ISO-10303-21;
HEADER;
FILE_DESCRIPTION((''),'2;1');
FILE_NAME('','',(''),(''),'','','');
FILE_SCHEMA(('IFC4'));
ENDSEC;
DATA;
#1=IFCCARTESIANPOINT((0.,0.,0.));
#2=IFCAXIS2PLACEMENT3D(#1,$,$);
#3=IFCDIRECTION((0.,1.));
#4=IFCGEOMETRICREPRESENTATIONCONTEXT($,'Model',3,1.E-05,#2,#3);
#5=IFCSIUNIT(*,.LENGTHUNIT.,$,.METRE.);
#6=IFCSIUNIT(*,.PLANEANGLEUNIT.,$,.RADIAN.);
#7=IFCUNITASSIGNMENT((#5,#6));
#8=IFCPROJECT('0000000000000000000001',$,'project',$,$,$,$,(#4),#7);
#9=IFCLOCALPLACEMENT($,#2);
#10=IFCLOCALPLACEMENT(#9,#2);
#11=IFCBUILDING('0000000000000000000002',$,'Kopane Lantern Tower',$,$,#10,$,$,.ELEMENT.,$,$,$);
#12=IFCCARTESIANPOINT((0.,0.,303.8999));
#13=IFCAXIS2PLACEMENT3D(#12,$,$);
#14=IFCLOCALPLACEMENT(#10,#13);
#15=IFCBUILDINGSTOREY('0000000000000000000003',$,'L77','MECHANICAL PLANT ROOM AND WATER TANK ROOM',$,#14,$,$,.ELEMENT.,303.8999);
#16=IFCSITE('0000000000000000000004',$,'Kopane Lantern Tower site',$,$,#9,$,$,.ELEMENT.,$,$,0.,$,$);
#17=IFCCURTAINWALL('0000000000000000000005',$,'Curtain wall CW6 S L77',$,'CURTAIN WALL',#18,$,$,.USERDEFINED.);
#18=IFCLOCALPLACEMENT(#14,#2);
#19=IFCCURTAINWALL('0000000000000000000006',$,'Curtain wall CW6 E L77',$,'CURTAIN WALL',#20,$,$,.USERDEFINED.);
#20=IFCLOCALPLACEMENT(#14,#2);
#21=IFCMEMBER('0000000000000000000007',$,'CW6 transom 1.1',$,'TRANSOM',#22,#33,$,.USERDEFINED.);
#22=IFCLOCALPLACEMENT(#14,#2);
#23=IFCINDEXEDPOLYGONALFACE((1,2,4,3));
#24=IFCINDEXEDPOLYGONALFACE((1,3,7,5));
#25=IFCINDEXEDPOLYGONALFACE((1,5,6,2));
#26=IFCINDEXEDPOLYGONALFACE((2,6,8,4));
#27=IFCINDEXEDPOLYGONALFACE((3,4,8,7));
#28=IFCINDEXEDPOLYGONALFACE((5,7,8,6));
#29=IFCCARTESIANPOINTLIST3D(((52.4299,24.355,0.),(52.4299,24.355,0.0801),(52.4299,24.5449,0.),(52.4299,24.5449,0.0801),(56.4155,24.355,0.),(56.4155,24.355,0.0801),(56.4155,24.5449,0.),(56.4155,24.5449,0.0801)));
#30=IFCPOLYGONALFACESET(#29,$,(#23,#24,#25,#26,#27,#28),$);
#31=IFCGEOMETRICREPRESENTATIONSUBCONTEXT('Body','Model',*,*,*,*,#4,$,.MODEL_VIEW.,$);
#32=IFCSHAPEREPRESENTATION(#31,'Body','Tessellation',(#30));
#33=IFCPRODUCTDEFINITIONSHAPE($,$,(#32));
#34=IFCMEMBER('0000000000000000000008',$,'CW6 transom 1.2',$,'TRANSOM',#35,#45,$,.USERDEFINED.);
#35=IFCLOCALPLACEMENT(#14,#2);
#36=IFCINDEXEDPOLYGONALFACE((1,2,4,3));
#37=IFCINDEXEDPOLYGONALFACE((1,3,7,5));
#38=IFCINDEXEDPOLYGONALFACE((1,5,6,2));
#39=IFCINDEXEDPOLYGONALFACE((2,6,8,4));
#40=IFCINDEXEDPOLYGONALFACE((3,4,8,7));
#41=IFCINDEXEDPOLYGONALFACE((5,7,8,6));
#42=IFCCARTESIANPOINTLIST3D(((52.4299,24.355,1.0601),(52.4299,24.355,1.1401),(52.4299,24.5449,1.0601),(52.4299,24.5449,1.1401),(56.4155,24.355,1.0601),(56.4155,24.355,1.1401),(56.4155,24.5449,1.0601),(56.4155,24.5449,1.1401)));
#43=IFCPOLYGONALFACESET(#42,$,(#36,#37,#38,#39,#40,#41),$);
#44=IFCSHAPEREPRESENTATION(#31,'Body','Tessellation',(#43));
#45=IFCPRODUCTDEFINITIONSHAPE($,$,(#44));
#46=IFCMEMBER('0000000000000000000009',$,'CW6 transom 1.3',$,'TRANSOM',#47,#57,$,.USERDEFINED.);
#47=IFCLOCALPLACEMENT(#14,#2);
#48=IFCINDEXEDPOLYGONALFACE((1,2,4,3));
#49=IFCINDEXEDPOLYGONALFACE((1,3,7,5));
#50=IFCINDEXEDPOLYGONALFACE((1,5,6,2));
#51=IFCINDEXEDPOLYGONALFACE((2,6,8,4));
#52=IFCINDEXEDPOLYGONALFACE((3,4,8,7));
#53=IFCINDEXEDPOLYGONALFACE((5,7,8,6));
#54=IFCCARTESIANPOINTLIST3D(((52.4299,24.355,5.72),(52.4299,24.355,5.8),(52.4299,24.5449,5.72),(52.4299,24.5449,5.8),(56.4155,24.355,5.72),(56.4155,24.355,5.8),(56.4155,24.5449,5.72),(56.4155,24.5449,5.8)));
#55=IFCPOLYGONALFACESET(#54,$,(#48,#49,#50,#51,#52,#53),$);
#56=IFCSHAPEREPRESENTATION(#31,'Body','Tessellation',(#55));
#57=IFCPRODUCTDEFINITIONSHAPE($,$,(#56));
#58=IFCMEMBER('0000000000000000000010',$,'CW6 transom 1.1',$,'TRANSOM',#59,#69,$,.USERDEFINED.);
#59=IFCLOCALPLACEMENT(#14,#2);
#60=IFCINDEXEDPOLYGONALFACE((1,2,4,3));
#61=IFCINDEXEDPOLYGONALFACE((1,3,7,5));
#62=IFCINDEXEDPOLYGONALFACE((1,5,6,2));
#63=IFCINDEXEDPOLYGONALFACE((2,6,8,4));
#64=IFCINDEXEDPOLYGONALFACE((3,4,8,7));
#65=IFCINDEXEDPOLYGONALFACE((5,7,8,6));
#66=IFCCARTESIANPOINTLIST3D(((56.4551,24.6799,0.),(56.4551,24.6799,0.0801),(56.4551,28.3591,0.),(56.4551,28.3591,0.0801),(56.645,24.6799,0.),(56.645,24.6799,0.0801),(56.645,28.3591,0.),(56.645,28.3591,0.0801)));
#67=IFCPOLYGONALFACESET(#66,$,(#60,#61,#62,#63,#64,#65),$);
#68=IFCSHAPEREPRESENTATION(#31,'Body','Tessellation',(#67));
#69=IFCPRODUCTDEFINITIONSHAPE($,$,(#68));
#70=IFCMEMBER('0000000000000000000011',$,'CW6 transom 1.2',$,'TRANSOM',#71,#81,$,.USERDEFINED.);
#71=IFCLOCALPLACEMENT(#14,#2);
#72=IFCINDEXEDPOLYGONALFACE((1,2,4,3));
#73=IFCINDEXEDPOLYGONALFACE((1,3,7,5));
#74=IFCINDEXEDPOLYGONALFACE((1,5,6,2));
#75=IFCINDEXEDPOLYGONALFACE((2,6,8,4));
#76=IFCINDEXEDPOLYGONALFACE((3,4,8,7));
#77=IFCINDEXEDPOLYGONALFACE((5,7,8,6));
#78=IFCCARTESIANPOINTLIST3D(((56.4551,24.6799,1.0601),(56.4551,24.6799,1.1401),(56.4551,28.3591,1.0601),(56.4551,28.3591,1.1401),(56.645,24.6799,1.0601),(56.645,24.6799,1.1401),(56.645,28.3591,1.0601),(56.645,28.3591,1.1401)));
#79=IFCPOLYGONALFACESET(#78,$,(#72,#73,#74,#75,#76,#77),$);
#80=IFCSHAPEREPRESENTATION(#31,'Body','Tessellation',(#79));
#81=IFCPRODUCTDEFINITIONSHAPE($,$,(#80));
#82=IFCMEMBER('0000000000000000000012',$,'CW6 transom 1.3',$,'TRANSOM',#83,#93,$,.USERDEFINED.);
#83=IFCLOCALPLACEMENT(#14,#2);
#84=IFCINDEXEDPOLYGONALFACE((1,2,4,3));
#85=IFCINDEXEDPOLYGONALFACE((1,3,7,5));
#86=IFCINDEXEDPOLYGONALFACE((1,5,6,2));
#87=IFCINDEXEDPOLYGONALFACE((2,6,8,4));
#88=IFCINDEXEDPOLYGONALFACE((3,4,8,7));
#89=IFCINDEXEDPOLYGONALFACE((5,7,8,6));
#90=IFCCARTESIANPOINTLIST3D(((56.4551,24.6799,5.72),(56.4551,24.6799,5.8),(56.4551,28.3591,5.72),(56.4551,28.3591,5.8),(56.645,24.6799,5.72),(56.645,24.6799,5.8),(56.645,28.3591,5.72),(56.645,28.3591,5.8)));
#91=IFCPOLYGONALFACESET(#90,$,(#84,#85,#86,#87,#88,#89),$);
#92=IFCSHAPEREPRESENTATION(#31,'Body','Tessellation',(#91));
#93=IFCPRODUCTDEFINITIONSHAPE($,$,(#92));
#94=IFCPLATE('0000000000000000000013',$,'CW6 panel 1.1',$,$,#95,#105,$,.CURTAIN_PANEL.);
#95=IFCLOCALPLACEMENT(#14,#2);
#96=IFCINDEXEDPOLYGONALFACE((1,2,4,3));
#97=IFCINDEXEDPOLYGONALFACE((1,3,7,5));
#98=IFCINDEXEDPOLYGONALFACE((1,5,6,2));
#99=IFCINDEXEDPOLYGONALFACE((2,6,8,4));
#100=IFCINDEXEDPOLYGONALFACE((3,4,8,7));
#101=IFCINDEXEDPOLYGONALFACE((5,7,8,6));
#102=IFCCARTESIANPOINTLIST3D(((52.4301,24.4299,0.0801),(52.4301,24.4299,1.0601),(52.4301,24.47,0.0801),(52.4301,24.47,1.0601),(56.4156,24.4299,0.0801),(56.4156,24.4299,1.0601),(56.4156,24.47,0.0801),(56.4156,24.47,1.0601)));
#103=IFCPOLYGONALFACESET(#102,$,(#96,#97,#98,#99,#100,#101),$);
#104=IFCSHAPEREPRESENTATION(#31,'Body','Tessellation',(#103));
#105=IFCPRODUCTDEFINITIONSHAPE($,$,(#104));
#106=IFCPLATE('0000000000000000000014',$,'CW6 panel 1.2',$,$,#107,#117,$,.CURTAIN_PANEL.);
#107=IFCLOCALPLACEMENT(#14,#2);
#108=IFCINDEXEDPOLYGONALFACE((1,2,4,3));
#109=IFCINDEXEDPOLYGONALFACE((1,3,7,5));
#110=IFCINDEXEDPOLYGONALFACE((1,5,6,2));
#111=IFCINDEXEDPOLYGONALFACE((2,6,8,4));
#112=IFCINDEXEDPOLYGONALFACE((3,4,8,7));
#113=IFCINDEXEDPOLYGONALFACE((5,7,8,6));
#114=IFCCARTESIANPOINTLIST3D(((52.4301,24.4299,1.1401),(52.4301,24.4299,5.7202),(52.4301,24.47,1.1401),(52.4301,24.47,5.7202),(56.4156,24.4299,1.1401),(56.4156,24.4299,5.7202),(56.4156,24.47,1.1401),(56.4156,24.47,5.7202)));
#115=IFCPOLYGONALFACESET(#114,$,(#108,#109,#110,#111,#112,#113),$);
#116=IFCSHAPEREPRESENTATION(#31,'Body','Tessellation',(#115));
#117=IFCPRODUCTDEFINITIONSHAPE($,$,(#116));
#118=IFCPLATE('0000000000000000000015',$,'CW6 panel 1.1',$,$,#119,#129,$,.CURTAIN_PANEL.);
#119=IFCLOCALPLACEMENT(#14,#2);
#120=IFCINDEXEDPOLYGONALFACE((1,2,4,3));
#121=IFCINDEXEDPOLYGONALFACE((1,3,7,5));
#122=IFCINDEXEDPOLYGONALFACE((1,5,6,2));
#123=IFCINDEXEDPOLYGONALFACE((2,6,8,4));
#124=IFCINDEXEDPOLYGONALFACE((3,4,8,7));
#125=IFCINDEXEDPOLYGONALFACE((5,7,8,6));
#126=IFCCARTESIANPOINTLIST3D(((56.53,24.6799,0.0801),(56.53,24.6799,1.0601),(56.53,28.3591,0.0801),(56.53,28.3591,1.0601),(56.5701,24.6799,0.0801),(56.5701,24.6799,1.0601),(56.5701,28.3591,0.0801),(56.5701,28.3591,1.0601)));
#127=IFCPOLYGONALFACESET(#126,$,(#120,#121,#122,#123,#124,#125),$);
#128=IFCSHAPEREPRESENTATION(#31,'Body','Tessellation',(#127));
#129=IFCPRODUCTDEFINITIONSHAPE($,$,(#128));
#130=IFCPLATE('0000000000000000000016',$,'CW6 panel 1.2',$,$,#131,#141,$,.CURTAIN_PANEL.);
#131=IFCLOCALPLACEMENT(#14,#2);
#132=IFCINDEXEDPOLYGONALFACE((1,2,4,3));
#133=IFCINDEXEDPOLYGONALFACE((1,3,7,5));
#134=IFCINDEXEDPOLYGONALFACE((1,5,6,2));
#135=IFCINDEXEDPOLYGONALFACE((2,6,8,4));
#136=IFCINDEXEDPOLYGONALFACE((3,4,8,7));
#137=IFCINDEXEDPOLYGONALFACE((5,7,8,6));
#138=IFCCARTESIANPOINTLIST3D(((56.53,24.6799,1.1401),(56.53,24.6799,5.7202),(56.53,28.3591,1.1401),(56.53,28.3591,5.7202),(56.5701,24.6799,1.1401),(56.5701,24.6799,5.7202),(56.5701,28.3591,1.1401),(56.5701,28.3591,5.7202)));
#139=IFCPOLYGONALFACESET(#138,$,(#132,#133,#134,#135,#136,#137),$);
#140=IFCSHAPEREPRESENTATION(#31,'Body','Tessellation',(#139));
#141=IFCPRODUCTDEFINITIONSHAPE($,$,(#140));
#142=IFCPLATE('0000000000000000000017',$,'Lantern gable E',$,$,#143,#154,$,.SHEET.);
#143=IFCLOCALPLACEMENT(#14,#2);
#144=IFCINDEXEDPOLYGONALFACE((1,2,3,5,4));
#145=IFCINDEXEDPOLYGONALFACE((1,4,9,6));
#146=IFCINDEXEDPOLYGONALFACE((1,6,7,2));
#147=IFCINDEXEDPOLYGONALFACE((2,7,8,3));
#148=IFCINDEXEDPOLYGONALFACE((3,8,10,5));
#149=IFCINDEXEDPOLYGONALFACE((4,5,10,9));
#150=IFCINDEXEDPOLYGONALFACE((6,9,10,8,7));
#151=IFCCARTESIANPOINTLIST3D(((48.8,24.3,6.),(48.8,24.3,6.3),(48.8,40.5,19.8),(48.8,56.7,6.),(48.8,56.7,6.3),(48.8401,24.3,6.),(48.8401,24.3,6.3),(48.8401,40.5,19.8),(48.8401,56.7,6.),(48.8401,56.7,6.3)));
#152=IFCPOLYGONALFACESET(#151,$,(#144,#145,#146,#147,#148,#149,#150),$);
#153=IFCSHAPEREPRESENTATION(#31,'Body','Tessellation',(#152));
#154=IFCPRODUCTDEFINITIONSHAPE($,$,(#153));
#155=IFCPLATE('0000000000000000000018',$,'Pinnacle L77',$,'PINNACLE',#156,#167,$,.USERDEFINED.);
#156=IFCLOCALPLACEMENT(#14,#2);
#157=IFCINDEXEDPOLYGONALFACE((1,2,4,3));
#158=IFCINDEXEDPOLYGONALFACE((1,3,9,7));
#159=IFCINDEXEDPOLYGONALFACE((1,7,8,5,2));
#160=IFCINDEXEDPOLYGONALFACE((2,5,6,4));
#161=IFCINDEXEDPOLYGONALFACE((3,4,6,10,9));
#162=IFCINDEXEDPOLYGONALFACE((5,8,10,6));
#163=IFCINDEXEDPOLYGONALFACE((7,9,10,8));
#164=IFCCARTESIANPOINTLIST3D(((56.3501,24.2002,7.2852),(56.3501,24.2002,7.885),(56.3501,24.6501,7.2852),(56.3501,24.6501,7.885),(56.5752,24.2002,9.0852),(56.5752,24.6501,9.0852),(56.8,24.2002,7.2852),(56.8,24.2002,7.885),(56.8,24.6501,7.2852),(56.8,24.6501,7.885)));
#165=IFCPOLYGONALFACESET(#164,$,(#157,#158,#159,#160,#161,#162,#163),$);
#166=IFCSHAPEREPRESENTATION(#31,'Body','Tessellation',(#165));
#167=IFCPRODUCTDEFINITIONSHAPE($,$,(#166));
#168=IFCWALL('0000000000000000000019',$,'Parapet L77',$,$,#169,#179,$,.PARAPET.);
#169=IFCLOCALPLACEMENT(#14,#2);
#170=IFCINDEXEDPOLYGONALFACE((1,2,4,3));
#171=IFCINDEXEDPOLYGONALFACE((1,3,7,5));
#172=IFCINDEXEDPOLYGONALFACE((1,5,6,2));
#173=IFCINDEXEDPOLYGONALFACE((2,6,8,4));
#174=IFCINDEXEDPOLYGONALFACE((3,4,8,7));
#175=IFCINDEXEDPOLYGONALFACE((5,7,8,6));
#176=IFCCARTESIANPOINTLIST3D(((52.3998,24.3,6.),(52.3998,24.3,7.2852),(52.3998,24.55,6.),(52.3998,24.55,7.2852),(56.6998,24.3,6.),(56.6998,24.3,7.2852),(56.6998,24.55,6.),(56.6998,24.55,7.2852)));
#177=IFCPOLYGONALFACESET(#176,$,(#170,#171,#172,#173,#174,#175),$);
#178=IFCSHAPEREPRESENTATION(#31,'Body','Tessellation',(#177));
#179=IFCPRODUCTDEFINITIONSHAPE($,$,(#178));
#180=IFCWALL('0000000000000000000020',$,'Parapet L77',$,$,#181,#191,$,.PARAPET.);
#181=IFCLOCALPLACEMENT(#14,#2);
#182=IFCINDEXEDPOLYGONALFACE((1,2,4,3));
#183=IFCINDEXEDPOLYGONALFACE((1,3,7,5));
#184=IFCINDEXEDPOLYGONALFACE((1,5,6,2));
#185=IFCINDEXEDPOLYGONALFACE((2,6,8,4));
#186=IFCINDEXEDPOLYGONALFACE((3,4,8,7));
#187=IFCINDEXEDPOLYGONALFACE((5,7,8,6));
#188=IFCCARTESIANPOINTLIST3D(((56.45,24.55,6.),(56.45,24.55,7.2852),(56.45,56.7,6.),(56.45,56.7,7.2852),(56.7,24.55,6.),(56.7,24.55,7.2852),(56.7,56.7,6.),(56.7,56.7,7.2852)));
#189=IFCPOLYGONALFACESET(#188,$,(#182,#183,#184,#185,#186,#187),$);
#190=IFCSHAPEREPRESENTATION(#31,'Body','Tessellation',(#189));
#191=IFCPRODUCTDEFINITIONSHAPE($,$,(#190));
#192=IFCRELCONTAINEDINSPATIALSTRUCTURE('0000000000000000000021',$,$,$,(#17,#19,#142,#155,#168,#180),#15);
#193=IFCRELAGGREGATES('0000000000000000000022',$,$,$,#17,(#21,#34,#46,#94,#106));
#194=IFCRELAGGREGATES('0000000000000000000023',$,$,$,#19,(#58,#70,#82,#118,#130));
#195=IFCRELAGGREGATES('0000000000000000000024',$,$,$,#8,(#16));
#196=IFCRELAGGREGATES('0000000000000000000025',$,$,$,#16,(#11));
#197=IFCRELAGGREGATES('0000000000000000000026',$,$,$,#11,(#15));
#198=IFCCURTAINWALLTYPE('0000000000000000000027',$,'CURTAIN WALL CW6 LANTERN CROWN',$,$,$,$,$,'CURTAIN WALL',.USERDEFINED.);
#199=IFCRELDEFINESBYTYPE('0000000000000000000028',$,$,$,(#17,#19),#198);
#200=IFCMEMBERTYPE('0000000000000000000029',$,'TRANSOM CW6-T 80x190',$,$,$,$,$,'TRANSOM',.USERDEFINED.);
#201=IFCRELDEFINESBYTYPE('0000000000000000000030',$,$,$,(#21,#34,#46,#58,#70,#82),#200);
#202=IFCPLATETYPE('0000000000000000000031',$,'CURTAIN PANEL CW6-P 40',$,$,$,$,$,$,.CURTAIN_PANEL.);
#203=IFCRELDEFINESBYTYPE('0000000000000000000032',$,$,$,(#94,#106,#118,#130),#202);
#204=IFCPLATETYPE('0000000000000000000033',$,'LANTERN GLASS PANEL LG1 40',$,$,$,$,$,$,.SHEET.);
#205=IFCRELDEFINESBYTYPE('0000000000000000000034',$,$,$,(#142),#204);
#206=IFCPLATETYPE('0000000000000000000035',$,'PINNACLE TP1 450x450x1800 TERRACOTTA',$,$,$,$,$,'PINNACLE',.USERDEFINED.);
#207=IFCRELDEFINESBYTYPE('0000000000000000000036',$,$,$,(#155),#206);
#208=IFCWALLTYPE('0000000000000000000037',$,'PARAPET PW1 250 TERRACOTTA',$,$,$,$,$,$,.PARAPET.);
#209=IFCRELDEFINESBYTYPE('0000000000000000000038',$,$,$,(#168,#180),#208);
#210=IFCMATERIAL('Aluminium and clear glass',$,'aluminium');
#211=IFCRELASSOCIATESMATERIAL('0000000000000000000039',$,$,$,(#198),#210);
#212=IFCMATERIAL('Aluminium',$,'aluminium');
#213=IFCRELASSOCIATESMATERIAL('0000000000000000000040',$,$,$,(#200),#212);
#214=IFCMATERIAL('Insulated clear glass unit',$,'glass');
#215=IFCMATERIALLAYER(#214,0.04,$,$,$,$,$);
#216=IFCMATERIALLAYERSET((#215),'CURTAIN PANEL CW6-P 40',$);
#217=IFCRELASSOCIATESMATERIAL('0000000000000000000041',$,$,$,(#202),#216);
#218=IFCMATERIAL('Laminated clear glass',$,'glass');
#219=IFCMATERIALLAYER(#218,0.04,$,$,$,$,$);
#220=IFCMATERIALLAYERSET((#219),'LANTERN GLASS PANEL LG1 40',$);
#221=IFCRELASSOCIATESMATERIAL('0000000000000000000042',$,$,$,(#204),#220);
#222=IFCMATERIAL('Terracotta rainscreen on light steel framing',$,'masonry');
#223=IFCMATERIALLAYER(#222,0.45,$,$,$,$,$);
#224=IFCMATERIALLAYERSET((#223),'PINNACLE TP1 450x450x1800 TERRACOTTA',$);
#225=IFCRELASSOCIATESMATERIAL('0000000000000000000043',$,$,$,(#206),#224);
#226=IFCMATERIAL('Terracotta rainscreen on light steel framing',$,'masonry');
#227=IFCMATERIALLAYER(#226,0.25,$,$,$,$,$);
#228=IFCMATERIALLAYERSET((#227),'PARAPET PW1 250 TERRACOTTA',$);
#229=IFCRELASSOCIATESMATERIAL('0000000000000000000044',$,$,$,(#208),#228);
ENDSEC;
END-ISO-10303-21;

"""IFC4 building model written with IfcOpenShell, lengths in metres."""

from ifc_helpers import new_model, si_unit, direction, frame, frame_2d, origin, origin_2d, place, context, subcontext, project, spatial, polyline, rectangle, outline, extrude, material, layer, layer_set, material_profile, profile_set, type_object, element, aggregate, save


model = new_model("IFC4")

# Units and contexts
model_context = context("Model", 3, precision=1e-05, world=origin(), true_north=direction((0.0, 1.0)))
body_context = subcontext(model_context, "Body", "Model", "MODEL_VIEW")
ifc_project = project(units=[si_unit("LENGTHUNIT", "METRE"), si_unit("PLANEANGLEUNIT", "RADIAN")], contexts=[model_context])

# Site, building, storey
site_placement = place(None, origin())
site = spatial("IfcSite", under=ifc_project, at=site_placement, Name="Kopane Lantern Tower site", CompositionType="ELEMENT", RefElevation=0.0)
building_placement = place(site_placement, origin())
building = spatial("IfcBuilding", under=site, at=building_placement, Name="Kopane Lantern Tower", CompositionType="ELEMENT")
storey_placement = place(building_placement, frame((0.0, 0.0, 303.8999)))
storey = spatial("IfcBuildingStorey", under=building, at=storey_placement, Name="L77", Description="MECHANICAL PLANT ROOM AND WATER TANK ROOM", CompositionType="ELEMENT", Elevation=303.8999)

# Curtain walls
ifc_material_1 = material(Name="Aluminium and clear glass", Category="aluminium")
curtain_wall_type = type_object("IfcCurtainWallType", Name="CURTAIN WALL CW6 LANTERN CROWN", ElementType="CURTAIN WALL", PredefinedType="USERDEFINED", material=ifc_material_1)
curtain_wall_1_placement = place(storey_placement, origin())
curtain_wall_1 = element("IfcCurtainWall", 1, at=curtain_wall_1_placement, inside=storey, type_object=curtain_wall_type, Name="Curtain wall CW6 S L77", ObjectType="CURTAIN WALL", PredefinedType="USERDEFINED")
curtain_wall_2_placement = place(storey_placement, origin())
curtain_wall_2 = element("IfcCurtainWall", 2, at=curtain_wall_2_placement, inside=storey, type_object=curtain_wall_type, Name="Curtain wall CW6 E L77", ObjectType="CURTAIN WALL", PredefinedType="USERDEFINED")

# Members
ifc_material_2 = material(Name="Aluminium", Category="aluminium")
ifc_material_profile_1 = material_profile(ifc_material_2, rectangle(XDim=0.1899, YDim=0.0801, at=origin_2d()), Name="AL 190x80")
ifc_profile_set_1 = profile_set([ifc_material_profile_1], Name="Aluminium")
member_type_1 = type_object("IfcMemberType", Name="TRANSOM CW6-T 80x190", ElementType="TRANSOM", PredefinedType="USERDEFINED", material=ifc_profile_set_1)
member_1_placement = place(storey_placement, frame((52.4299, 24.45, 0.04), z_axis=(1.0, 0.0, 0.0), x_axis=(0.0, 1.0, 0.0)))
member_1 = element("IfcMember", 3, at=member_1_placement, type_object=member_type_1, Name="CW6 transom 1.1", ObjectType="TRANSOM", PredefinedType="USERDEFINED", context=body_context, shape_type="SweptSolid", body=[
    extrude(rectangle(XDim=0.1899, YDim=0.0801, at=origin_2d()), origin(), (0.0, 0.0, 1.0), 3.9856),
])
member_2_placement = place(storey_placement, frame((52.4299, 24.45, 1.1001), z_axis=(1.0, 0.0, 0.0), x_axis=(0.0, 1.0, 0.0)))
member_2 = element("IfcMember", 4, at=member_2_placement, type_object=member_type_1, Name="CW6 transom 1.2", ObjectType="TRANSOM", PredefinedType="USERDEFINED", context=body_context, shape_type="SweptSolid", body=[
    extrude(rectangle(XDim=0.1899, YDim=0.0801, at=origin_2d()), origin(), (0.0, 0.0, 1.0), 3.9856),
])
member_3_placement = place(storey_placement, frame((52.4299, 24.45, 5.76), z_axis=(1.0, 0.0, 0.0), x_axis=(0.0, 1.0, 0.0)))
member_3 = element("IfcMember", 5, at=member_3_placement, type_object=member_type_1, Name="CW6 transom 1.3", ObjectType="TRANSOM", PredefinedType="USERDEFINED", context=body_context, shape_type="SweptSolid", body=[
    extrude(rectangle(XDim=0.1899, YDim=0.0801, at=origin_2d()), origin(), (0.0, 0.0, 1.0), 3.9856),
])
member_4_placement = place(storey_placement, frame((56.55, 24.6799, 0.04), z_axis=(0.0, 1.0, 0.0), x_axis=(-1.0, 0.0, 0.0)))
member_4 = element("IfcMember", 6, at=member_4_placement, type_object=member_type_1, Name="CW6 transom 1.1", ObjectType="TRANSOM", PredefinedType="USERDEFINED", context=body_context, shape_type="SweptSolid", body=[
    extrude(rectangle(XDim=0.1899, YDim=0.0801, at=origin_2d()), origin(), (0.0, 0.0, 1.0), 3.6792),
])
member_5_placement = place(storey_placement, frame((56.55, 24.6799, 1.1001), z_axis=(0.0, 1.0, 0.0), x_axis=(-1.0, 0.0, 0.0)))
member_5 = element("IfcMember", 7, at=member_5_placement, type_object=member_type_1, Name="CW6 transom 1.2", ObjectType="TRANSOM", PredefinedType="USERDEFINED", context=body_context, shape_type="SweptSolid", body=[
    extrude(rectangle(XDim=0.1899, YDim=0.0801, at=origin_2d()), origin(), (0.0, 0.0, 1.0), 3.6792),
])
member_6_placement = place(storey_placement, frame((56.55, 24.6799, 5.76), z_axis=(0.0, 1.0, 0.0), x_axis=(-1.0, 0.0, 0.0)))
member_6 = element("IfcMember", 8, at=member_6_placement, type_object=member_type_1, Name="CW6 transom 1.3", ObjectType="TRANSOM", PredefinedType="USERDEFINED", context=body_context, shape_type="SweptSolid", body=[
    extrude(rectangle(XDim=0.1899, YDim=0.0801, at=origin_2d()), origin(), (0.0, 0.0, 1.0), 3.6792),
])

# Plates
ifc_material_3 = material(Name="Insulated clear glass unit", Category="glass")
ifc_layer_1 = layer(ifc_material_3, 0.04)
ifc_layer_set_1 = layer_set([ifc_layer_1], Name="CURTAIN PANEL CW6-P 40")
plate_type_1 = type_object("IfcPlateType", Name="CURTAIN PANEL CW6-P 40", PredefinedType="CURTAIN_PANEL", material=ifc_layer_set_1)
plate_1_placement = place(storey_placement, frame((54.4229, 24.45, 0.0801), z_axis=(0.0, 0.0, 1.0), x_axis=(1.0, 0.0, 0.0)))
plate_1 = element("IfcPlate", 9, at=plate_1_placement, type_object=plate_type_1, Name="CW6 panel 1.1", PredefinedType="CURTAIN_PANEL", context=body_context, shape_type="SweptSolid", body=[
    extrude(rectangle(XDim=3.9856, YDim=0.04, at=origin_2d()), origin(), (0.0, 0.0, 1.0), 0.98),
])
plate_2_placement = place(storey_placement, frame((54.4229, 24.45, 1.1401), z_axis=(0.0, 0.0, 1.0), x_axis=(1.0, 0.0, 0.0)))
plate_2 = element("IfcPlate", 10, at=plate_2_placement, type_object=plate_type_1, Name="CW6 panel 1.2", PredefinedType="CURTAIN_PANEL", context=body_context, shape_type="SweptSolid", body=[
    extrude(rectangle(XDim=3.9856, YDim=0.04, at=origin_2d()), origin(), (0.0, 0.0, 1.0), 4.5801),
])
aggregate(curtain_wall_1, [member_1, member_2, member_3, plate_1, plate_2])
plate_3_placement = place(storey_placement, frame((56.55, 26.5195, 0.0801), z_axis=(0.0, 0.0, 1.0), x_axis=(0.0, 1.0, 0.0)))
plate_3 = element("IfcPlate", 11, at=plate_3_placement, type_object=plate_type_1, Name="CW6 panel 1.1", PredefinedType="CURTAIN_PANEL", context=body_context, shape_type="SweptSolid", body=[
    extrude(rectangle(XDim=3.6792, YDim=0.04, at=origin_2d()), origin(), (0.0, 0.0, 1.0), 0.98),
])
plate_4_placement = place(storey_placement, frame((56.55, 26.5195, 1.1401), z_axis=(0.0, 0.0, 1.0), x_axis=(0.0, 1.0, 0.0)))
plate_4 = element("IfcPlate", 12, at=plate_4_placement, type_object=plate_type_1, Name="CW6 panel 1.2", PredefinedType="CURTAIN_PANEL", context=body_context, shape_type="SweptSolid", body=[
    extrude(rectangle(XDim=3.6792, YDim=0.04, at=origin_2d()), origin(), (0.0, 0.0, 1.0), 4.5801),
])
aggregate(curtain_wall_2, [member_4, member_5, member_6, plate_3, plate_4])

# Plates
ifc_material_4 = material(Name="Laminated clear glass", Category="glass")
ifc_layer_2 = layer(ifc_material_4, 0.04)
ifc_layer_set_2 = layer_set([ifc_layer_2], Name="LANTERN GLASS PANEL LG1 40")
plate_type_2 = type_object("IfcPlateType", Name="LANTERN GLASS PANEL LG1 40", PredefinedType="SHEET", material=ifc_layer_set_2)
plate_5_placement = place(storey_placement, frame((48.8201, 24.3, 6.0), z_axis=(0.0, 0.0, 1.0), x_axis=(0.0, 1.0, 0.0)))
element("IfcPlate", 13, at=plate_5_placement, inside=storey, type_object=plate_type_2, Name="Lantern gable E", PredefinedType="SHEET", context=body_context, shape_type="SweptSolid", body=[
    extrude(outline(polyline([(0.0, 0.0), (32.3999, 0.0), (32.3999, 0.3), (16.2, 13.8), (0.0, 0.3), (0.0, 0.0)])), frame((0.0, 0.02, 0.0), z_axis=(0.0, -1.0, 0.0), x_axis=(1.0, 0.0, 0.0)), (0.0, 0.0, 1.0), 0.04),
])
ifc_material_5 = material(Name="Terracotta rainscreen on light steel framing", Category="masonry")
ifc_layer_3 = layer(ifc_material_5, 0.45)
ifc_layer_set_3 = layer_set([ifc_layer_3], Name="PINNACLE TP1 450x450x1800 TERRACOTTA")
plate_type_3 = type_object("IfcPlateType", Name="PINNACLE TP1 450x450x1800 TERRACOTTA", ElementType="PINNACLE", PredefinedType="USERDEFINED", material=ifc_layer_set_3)
plate_6_placement = place(storey_placement, frame((56.3501, 24.425, 7.2852), z_axis=(0.0, 0.0, 1.0), x_axis=(1.0, 0.0, 0.0)))
element("IfcPlate", 14, at=plate_6_placement, inside=storey, type_object=plate_type_3, Name="Pinnacle L77", ObjectType="PINNACLE", PredefinedType="USERDEFINED", context=body_context, shape_type="SweptSolid", body=[
    extrude(outline(polyline([(0.0, 0.0), (0.45, 0.0), (0.45, 0.5999), (0.2251, 1.8), (0.0, 0.5999), (0.0, 0.0)])), frame((0.0, 0.2251, 0.0), z_axis=(0.0, -1.0, 0.0), x_axis=(1.0, 0.0, 0.0)), (0.0, 0.0, 1.0), 0.45),
])

# Walls
ifc_material_6 = material(Name="Terracotta rainscreen on light steel framing", Category="masonry")
ifc_layer_4 = layer(ifc_material_6, 0.25)
ifc_layer_set_4 = layer_set([ifc_layer_4], Name="PARAPET PW1 250 TERRACOTTA")
wall_type = type_object("IfcWallType", Name="PARAPET PW1 250 TERRACOTTA", PredefinedType="PARAPET", material=ifc_layer_set_4)
wall_1_placement = place(storey_placement, frame((52.3999, 24.425, 6.0), z_axis=(0.0, 0.0, 1.0), x_axis=(1.0, 0.0, 0.0)))
element("IfcWall", 15, at=wall_1_placement, inside=storey, type_object=wall_type, Name="Parapet L77", PredefinedType="PARAPET", context=body_context, shape_type="SweptSolid", body=[
    extrude(rectangle(XDim=4.3, YDim=0.25, at=frame_2d((2.1499, 0.0))), origin(), (0.0, 0.0, 1.0), 1.2852),
])
wall_2_placement = place(storey_placement, frame((56.575, 24.55, 6.0), z_axis=(0.0, 0.0, 1.0), x_axis=(0.0, 1.0, 0.0)))
element("IfcWall", 16, at=wall_2_placement, inside=storey, type_object=wall_type, Name="Parapet L77", PredefinedType="PARAPET", context=body_context, shape_type="SweptSolid", body=[
    extrude(rectangle(XDim=32.1499, YDim=0.25, at=frame_2d((16.075, 0.0))), origin(), (0.0, 0.0, 1.0), 1.2852),
])

save(model, "model.ifc")
